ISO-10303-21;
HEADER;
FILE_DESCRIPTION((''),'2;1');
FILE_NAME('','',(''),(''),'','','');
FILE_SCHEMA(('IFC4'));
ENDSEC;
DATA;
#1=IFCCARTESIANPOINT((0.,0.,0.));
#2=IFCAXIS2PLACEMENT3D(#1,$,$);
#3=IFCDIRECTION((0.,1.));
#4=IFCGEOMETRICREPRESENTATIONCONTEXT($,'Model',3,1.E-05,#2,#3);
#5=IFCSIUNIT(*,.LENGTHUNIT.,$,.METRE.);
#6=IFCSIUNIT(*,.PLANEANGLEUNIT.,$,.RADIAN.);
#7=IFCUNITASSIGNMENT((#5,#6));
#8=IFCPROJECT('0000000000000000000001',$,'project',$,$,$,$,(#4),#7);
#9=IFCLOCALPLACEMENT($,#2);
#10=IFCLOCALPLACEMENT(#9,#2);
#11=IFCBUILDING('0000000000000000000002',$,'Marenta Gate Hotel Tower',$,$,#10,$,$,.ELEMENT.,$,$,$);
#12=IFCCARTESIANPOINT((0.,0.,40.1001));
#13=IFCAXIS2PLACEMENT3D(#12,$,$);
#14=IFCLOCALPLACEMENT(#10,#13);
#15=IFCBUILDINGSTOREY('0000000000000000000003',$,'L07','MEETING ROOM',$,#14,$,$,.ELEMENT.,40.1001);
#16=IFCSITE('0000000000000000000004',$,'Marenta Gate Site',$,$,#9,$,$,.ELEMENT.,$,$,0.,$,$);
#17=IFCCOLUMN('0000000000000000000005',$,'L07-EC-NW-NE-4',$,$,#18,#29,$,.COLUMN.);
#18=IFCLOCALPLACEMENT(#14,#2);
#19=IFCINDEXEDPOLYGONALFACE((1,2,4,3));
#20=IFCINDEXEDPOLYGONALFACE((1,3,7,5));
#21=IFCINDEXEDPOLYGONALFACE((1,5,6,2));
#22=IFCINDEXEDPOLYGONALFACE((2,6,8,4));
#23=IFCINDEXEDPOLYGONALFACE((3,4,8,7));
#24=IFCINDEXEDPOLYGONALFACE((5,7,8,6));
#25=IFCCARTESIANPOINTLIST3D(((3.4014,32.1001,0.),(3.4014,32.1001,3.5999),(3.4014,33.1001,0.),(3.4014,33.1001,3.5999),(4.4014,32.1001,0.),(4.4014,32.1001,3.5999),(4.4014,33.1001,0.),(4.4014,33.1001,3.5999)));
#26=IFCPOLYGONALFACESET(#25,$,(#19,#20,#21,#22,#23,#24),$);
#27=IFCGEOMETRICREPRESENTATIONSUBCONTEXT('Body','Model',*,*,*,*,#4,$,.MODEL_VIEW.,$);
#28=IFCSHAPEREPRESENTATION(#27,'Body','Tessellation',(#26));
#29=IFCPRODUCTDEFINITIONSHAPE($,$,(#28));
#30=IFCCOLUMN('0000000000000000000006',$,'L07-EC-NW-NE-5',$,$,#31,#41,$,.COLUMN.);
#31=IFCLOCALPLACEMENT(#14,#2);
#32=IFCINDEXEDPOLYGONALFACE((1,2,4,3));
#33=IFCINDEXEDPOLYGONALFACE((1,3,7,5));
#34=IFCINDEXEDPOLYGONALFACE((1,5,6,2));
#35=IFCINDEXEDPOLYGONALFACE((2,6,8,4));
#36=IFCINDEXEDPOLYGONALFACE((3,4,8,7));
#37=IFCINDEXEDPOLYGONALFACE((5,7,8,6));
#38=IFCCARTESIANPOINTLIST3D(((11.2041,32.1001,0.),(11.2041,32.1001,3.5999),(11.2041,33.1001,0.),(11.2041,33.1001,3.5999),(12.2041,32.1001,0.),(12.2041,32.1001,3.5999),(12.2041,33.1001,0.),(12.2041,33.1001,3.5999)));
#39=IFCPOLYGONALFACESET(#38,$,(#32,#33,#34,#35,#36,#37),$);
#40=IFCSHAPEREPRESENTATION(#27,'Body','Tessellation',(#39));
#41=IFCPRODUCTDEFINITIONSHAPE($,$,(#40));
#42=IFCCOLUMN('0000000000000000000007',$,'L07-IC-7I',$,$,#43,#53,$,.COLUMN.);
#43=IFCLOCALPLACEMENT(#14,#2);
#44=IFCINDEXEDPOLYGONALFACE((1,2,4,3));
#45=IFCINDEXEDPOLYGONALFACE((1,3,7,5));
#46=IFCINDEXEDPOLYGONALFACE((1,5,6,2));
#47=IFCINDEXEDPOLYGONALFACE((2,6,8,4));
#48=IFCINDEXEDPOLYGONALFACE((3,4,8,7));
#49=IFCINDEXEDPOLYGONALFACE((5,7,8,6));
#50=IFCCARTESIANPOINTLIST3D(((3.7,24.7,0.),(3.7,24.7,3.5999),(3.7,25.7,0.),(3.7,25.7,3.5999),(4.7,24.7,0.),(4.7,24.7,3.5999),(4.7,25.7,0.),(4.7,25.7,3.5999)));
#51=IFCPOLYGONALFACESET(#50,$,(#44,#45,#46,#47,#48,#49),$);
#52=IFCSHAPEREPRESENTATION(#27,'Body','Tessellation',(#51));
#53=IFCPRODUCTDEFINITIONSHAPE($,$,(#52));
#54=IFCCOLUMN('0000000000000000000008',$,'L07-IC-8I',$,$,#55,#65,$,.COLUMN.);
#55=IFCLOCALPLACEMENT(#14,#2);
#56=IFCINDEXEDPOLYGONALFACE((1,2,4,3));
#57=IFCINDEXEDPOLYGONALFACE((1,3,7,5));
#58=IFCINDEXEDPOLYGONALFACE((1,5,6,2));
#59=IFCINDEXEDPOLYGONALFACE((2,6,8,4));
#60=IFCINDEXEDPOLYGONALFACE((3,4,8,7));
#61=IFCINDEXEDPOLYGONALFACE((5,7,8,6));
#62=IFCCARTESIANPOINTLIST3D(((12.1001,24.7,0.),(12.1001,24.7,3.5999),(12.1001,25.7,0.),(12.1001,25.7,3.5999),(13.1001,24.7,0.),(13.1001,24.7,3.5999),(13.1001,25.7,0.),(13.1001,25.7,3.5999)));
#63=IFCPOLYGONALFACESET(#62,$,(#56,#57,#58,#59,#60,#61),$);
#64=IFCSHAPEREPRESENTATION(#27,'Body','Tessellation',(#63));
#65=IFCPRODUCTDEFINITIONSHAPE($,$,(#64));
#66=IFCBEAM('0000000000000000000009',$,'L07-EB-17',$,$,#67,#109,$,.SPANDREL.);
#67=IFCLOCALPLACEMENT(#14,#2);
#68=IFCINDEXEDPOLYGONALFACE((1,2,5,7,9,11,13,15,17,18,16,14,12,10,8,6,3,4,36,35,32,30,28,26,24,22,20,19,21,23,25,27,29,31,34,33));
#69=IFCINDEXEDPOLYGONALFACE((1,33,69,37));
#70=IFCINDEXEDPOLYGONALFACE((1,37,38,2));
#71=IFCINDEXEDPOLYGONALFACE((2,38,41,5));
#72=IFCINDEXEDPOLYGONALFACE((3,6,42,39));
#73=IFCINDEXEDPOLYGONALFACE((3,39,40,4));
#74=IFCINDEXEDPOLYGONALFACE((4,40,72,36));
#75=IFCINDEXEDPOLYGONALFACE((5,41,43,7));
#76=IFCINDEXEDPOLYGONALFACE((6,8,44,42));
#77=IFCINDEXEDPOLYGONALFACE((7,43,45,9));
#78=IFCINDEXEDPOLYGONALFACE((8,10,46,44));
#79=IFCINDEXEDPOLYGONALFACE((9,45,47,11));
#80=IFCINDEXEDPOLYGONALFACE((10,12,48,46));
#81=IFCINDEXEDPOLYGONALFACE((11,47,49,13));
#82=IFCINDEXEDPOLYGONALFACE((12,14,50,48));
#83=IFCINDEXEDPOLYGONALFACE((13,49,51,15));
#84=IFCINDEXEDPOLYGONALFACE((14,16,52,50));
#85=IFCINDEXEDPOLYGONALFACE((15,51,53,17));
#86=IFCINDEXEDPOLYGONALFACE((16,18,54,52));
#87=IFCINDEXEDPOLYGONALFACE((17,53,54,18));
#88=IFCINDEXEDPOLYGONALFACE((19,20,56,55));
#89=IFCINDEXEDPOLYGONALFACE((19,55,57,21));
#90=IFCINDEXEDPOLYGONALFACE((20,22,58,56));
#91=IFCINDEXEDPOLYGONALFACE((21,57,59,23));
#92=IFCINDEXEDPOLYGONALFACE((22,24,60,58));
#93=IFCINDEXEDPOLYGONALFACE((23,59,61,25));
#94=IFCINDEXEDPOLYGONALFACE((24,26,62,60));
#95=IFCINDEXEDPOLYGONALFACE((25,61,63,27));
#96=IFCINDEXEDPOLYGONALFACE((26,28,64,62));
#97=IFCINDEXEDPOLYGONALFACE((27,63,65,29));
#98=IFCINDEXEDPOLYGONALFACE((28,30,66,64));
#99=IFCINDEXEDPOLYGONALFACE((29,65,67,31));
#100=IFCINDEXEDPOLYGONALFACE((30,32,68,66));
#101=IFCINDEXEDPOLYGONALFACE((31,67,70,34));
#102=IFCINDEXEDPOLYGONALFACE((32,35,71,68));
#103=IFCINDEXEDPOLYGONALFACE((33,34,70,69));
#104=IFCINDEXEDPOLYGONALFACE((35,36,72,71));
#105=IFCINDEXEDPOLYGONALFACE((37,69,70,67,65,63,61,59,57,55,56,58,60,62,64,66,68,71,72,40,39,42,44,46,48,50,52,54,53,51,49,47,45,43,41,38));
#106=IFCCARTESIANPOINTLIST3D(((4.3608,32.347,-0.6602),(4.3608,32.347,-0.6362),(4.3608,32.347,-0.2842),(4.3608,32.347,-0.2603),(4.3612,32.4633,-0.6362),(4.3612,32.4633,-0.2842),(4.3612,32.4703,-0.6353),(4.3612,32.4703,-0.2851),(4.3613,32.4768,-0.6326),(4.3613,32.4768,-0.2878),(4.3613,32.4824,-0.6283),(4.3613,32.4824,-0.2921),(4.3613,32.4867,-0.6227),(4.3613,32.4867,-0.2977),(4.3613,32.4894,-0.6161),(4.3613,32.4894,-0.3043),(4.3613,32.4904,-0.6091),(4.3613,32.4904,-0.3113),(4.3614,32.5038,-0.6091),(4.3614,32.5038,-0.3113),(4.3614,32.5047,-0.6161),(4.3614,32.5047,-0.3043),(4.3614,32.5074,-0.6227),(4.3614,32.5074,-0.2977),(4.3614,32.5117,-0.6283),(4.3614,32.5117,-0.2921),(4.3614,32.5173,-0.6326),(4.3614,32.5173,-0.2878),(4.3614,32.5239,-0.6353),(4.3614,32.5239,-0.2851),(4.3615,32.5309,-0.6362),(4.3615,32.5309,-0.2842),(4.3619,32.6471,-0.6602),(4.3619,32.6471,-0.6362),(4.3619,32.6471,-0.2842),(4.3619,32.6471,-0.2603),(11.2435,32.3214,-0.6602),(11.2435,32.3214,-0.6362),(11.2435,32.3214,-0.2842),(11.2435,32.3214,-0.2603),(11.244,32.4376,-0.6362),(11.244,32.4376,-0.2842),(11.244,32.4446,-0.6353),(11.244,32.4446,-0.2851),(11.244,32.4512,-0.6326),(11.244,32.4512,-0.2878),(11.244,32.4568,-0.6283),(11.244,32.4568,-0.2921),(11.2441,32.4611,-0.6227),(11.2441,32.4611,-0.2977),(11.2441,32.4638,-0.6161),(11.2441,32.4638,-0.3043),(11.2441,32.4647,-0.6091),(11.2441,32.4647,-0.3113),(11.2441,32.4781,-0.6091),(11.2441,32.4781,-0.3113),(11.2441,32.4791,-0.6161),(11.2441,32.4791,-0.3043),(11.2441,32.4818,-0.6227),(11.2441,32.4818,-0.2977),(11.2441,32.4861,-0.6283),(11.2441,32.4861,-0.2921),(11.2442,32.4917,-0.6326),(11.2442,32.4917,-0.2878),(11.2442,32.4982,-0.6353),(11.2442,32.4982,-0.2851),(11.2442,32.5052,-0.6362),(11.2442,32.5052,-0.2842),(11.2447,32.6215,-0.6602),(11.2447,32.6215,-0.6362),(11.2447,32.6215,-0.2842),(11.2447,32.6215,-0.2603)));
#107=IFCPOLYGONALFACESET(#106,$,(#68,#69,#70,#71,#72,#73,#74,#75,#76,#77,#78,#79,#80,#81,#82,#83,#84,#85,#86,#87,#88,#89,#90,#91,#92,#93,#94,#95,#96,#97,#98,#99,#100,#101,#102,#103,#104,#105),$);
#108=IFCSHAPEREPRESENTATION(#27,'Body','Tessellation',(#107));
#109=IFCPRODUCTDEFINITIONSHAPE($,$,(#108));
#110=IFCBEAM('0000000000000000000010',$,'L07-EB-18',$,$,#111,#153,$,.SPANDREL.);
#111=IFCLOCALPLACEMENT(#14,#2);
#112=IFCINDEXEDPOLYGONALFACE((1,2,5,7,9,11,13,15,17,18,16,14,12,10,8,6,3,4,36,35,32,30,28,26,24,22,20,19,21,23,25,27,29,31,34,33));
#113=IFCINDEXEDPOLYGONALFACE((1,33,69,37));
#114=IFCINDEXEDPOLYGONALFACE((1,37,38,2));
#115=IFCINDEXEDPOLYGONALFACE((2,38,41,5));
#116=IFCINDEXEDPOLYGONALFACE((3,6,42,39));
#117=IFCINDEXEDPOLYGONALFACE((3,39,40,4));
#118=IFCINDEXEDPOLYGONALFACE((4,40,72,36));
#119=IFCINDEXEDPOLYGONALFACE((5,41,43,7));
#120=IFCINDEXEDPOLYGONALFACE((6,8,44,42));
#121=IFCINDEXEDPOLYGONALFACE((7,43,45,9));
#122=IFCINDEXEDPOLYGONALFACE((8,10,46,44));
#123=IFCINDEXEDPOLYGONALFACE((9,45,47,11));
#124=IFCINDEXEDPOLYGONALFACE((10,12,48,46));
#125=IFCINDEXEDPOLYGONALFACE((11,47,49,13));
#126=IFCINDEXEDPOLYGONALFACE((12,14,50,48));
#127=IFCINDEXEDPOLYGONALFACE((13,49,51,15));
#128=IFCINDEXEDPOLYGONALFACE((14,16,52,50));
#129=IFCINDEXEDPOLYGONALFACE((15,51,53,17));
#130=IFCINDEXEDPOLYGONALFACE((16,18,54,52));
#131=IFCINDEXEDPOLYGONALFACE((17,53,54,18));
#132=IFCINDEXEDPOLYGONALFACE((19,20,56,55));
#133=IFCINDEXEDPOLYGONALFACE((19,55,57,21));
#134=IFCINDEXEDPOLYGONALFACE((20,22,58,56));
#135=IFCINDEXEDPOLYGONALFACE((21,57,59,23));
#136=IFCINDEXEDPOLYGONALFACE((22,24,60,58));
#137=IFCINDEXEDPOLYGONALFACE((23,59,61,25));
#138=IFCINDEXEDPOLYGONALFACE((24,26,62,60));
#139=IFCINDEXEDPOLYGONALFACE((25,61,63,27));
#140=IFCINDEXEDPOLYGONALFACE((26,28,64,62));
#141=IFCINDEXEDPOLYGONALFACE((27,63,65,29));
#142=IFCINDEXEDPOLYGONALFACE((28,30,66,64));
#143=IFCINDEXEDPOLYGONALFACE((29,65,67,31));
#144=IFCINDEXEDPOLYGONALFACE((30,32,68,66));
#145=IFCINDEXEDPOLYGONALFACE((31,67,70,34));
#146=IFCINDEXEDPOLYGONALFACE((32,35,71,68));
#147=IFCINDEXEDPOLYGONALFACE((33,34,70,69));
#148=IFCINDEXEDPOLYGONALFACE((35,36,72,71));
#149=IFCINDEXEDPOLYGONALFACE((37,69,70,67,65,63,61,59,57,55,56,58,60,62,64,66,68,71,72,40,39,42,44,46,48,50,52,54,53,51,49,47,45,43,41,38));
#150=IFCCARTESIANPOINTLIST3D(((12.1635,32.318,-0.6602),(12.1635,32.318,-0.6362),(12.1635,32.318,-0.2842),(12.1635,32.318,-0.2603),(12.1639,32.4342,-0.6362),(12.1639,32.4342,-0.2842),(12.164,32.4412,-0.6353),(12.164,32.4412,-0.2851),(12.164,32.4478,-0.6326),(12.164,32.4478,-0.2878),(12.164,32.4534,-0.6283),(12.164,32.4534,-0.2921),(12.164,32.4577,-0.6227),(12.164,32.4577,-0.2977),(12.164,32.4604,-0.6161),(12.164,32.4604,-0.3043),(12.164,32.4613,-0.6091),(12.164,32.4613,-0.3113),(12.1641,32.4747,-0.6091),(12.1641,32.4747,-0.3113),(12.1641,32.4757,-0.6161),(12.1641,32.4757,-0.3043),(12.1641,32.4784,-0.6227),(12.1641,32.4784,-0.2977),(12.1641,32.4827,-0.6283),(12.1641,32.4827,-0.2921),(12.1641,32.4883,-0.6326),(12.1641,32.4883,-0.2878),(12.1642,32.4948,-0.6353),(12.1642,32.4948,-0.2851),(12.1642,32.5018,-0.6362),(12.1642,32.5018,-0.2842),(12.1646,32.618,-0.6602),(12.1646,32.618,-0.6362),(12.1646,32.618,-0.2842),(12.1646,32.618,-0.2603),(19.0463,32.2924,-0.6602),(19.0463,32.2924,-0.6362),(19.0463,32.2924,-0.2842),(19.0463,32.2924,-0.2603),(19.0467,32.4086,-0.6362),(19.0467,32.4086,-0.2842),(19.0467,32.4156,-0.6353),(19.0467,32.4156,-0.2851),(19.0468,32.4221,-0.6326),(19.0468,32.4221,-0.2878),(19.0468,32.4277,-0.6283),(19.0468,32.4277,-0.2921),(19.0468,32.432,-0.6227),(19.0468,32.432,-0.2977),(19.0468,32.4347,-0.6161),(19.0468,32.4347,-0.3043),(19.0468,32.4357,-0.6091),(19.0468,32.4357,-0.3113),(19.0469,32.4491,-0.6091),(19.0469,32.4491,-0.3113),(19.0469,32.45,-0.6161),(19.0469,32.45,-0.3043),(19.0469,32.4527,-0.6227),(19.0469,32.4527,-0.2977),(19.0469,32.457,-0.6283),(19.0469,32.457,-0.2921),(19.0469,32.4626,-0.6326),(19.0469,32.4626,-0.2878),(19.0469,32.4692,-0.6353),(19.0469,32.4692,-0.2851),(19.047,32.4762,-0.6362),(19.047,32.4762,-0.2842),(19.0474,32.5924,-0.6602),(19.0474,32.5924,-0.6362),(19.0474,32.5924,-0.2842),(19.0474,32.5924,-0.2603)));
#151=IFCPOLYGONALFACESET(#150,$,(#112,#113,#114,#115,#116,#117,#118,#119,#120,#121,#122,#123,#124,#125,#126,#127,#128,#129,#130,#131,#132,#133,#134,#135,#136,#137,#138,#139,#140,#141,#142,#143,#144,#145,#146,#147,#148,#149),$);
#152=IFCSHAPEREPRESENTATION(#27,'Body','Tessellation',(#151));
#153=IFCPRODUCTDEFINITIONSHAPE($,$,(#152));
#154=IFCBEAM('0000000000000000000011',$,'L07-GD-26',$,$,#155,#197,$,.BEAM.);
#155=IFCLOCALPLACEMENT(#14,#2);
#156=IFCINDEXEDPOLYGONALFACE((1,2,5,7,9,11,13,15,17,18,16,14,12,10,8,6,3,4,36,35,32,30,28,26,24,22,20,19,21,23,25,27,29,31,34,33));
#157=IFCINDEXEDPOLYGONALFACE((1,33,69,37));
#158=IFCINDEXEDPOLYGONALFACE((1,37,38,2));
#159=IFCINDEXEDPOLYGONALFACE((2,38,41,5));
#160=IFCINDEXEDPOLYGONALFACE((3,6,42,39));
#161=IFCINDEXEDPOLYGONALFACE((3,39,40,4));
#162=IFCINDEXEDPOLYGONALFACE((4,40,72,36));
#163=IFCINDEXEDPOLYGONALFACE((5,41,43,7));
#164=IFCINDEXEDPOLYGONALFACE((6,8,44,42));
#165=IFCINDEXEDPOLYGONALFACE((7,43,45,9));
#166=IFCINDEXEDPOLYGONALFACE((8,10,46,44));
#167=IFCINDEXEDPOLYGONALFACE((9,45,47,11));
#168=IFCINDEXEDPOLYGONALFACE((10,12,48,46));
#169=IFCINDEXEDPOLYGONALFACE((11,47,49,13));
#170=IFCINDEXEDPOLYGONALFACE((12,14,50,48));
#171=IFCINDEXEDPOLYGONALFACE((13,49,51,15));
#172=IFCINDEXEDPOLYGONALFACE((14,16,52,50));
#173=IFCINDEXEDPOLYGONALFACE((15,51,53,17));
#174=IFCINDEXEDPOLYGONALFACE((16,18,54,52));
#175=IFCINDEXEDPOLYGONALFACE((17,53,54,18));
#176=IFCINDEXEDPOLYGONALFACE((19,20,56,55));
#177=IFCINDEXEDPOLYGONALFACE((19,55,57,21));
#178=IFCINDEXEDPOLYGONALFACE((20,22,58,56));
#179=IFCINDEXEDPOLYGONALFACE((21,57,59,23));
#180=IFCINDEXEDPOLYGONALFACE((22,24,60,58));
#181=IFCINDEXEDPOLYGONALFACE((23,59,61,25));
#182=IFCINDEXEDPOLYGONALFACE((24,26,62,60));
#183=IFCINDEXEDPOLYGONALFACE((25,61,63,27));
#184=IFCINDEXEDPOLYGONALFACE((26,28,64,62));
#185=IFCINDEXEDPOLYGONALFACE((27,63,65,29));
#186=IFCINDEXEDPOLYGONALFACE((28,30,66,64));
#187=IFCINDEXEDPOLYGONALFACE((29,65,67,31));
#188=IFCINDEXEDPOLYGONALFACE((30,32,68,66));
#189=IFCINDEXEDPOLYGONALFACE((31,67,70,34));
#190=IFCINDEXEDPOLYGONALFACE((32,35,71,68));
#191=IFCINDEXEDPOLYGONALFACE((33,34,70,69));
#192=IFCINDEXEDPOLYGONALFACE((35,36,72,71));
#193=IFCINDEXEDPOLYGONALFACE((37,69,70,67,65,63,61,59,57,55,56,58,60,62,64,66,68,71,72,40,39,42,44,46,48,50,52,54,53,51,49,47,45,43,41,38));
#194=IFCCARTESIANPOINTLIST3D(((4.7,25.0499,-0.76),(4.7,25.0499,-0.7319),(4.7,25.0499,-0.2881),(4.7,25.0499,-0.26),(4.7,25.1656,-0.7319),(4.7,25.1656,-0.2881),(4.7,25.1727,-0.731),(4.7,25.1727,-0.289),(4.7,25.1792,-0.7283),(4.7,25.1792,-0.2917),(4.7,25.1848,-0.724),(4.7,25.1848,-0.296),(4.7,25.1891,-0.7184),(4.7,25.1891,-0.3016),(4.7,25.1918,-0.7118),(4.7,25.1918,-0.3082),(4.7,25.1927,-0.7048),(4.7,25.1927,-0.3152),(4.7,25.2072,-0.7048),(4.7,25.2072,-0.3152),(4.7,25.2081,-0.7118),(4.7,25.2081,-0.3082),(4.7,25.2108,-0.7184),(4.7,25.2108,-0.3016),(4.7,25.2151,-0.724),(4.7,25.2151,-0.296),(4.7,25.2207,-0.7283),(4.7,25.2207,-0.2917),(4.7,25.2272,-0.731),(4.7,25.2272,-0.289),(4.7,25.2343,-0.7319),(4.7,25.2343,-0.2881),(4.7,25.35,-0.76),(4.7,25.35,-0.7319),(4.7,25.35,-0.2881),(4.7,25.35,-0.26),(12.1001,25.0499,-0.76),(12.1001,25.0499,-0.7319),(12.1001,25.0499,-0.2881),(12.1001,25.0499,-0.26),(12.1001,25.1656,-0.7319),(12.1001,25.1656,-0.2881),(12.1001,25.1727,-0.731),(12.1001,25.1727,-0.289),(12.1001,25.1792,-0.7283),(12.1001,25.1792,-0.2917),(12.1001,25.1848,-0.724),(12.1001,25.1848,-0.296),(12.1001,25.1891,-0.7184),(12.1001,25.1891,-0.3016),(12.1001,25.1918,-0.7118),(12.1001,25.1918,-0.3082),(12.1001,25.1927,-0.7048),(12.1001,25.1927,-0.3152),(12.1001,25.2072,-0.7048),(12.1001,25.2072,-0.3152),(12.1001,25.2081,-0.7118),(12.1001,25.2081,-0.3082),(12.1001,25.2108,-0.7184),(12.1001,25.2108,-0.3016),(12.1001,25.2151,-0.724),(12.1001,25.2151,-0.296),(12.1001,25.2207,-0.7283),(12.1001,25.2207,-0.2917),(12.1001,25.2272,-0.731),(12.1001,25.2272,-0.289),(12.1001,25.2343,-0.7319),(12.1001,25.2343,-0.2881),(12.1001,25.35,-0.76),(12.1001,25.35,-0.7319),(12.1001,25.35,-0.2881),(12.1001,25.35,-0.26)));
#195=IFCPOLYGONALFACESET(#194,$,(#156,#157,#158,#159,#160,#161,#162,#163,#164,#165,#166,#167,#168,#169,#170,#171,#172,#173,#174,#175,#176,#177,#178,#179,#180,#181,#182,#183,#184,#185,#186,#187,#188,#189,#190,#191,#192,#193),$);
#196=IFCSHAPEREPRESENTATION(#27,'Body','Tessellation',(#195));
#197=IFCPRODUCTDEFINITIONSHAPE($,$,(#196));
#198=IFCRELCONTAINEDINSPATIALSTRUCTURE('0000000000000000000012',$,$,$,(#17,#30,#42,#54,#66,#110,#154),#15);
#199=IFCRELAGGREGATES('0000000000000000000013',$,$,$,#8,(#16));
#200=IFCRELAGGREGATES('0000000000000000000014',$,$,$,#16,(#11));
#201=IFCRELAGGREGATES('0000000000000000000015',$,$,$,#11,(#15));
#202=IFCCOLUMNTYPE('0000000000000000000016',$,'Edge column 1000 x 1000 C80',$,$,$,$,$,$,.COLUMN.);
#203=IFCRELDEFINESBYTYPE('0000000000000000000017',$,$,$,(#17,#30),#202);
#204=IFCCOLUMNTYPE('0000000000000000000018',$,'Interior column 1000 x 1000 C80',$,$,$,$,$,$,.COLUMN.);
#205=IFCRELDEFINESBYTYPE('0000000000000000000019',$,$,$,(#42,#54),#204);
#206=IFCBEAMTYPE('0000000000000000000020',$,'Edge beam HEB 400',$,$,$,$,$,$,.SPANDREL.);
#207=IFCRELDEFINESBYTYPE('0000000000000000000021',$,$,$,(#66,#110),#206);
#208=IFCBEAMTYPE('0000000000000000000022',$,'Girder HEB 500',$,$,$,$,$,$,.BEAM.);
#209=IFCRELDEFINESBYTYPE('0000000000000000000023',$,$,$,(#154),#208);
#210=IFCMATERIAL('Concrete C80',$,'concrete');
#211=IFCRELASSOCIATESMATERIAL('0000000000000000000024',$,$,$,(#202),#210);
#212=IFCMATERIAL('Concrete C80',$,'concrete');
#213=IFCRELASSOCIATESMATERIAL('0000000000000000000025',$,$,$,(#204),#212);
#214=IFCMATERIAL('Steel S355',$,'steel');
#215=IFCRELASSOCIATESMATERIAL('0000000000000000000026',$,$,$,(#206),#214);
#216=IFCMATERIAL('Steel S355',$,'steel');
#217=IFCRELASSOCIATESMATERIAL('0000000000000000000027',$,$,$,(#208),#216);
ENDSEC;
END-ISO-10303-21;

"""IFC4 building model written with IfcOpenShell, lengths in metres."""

from ifc_helpers import new_model, si_unit, direction, frame, origin, origin_2d, place, context, subcontext, project, spatial, rectangle, i_section, extrude, material, material_profile, profile_set, type_object, element, save


model = new_model("IFC4")

# Units and contexts
model_context = context("Model", 3, precision=1e-05, world=origin(), true_north=direction((0.0, 1.0)))
body_context = subcontext(model_context, "Body", "Model", "MODEL_VIEW")
ifc_project = project(units=[si_unit("LENGTHUNIT", "METRE"), si_unit("PLANEANGLEUNIT", "RADIAN")], contexts=[model_context])

# Site, building, storey
site_placement = place(None, origin())
site = spatial("IfcSite", under=ifc_project, at=site_placement, Name="Marenta Gate Site", CompositionType="ELEMENT", RefElevation=0.0)
building_placement = place(site_placement, origin())
building = spatial("IfcBuilding", under=site, at=building_placement, Name="Marenta Gate Hotel Tower", CompositionType="ELEMENT")
storey_placement = place(building_placement, frame((0.0, 0.0, 40.1001)))
storey = spatial("IfcBuildingStorey", under=building, at=storey_placement, Name="L07", Description="MEETING ROOM", CompositionType="ELEMENT", Elevation=40.1001)

# Columns
ifc_material_1 = material(Name="Concrete C80", Category="concrete")
ifc_material_profile_1 = material_profile(ifc_material_1, rectangle(XDim=1.0, YDim=1.0, at=origin_2d()), Name="1000 x 1000")
ifc_profile_set_1 = profile_set([ifc_material_profile_1], Name="Concrete C80")
column_type_1 = type_object("IfcColumnType", Name="Edge column 1000 x 1000 C80", PredefinedType="COLUMN", material=ifc_profile_set_1)
for number, where, z_axis, x_axis, name in (
    (1, (3.9014, 32.6001, 0.0), (0.0, 0.0, 1.0), (1.0, 0.0, 0.0), "L07-EC-NW-NE-4"),
    (2, (11.7041, 32.6001, 0.0), (0.0, 0.0, 1.0), (1.0, 0.0, 0.0), "L07-EC-NW-NE-5"),
):
    element("IfcColumn", number, at=place(storey_placement, frame(where, z_axis=z_axis, x_axis=x_axis)), inside=storey, type_object=column_type_1, Name=name, PredefinedType="COLUMN", context=body_context, shape_type="SweptSolid", body=[
        extrude(rectangle(XDim=1.0, YDim=1.0, at=origin_2d()), origin(), (0.0, 0.0, 1.0), 3.5999),
    ])
ifc_material_2 = material(Name="Concrete C80", Category="concrete")
ifc_material_profile_2 = material_profile(ifc_material_2, rectangle(XDim=1.0, YDim=1.0, at=origin_2d()), Name="1000 x 1000")
ifc_profile_set_2 = profile_set([ifc_material_profile_2], Name="Concrete C80")
column_type_2 = type_object("IfcColumnType", Name="Interior column 1000 x 1000 C80", PredefinedType="COLUMN", material=ifc_profile_set_2)
for number, where, z_axis, x_axis, name in (
    (3, (4.2, 25.2, 0.0), (0.0, 0.0, 1.0), (1.0, 0.0, 0.0), "L07-IC-7I"),
    (4, (12.6001, 25.2, 0.0), (0.0, 0.0, 1.0), (1.0, 0.0, 0.0), "L07-IC-8I"),
):
    element("IfcColumn", number, at=place(storey_placement, frame(where, z_axis=z_axis, x_axis=x_axis)), inside=storey, type_object=column_type_2, Name=name, PredefinedType="COLUMN", context=body_context, shape_type="SweptSolid", body=[
        extrude(rectangle(XDim=1.0, YDim=1.0, at=origin_2d()), origin(), (0.0, 0.0, 1.0), 3.5999),
    ])

# Beams
ifc_material_3 = material(Name="Steel S355", Category="steel")
ifc_material_profile_3 = material_profile(ifc_material_3, i_section(OverallWidth=0.3, OverallDepth=0.3999, WebThickness=0.0134, FlangeThickness=0.0239, FilletRadius=0.0271, at=origin_2d()), Name="HEB 400")
ifc_profile_set_3 = profile_set([ifc_material_profile_3], Name="Steel S355")
beam_type_1 = type_object("IfcBeamType", Name="Edge beam HEB 400", PredefinedType="SPANDREL", material=ifc_profile_set_3)
for number, where, z_axis, x_axis, name in (
    (5, (4.3613, 32.4971, -0.4602), (0.999993, -0.003724, 0.0), (0.003724, 0.999993, 0.0), "L07-EB-17"),
    (6, (12.1641, 32.468, -0.4602), (0.999993, -0.003724, 0.0), (0.003724, 0.999993, 0.0), "L07-EB-18"),
):
    element("IfcBeam", number, at=place(storey_placement, frame(where, z_axis=z_axis, x_axis=x_axis)), inside=storey, type_object=beam_type_1, Name=name, PredefinedType="SPANDREL", context=body_context, shape_type="SweptSolid", body=[
        extrude(i_section(OverallWidth=0.3, OverallDepth=0.3999, WebThickness=0.0134, FlangeThickness=0.0239, FilletRadius=0.0271, at=origin_2d()), origin(), (0.0, 0.0, 1.0), 6.8828),
    ])
ifc_material_4 = material(Name="Steel S355", Category="steel")
ifc_material_profile_4 = material_profile(ifc_material_4, i_section(OverallWidth=0.3, OverallDepth=0.5, WebThickness=0.0144, FlangeThickness=0.0281, FilletRadius=0.0271, at=origin_2d()), Name="HEB 500")
ifc_profile_set_4 = profile_set([ifc_material_profile_4], Name="Steel S355")
beam_type_2 = type_object("IfcBeamType", Name="Girder HEB 500", PredefinedType="BEAM", material=ifc_profile_set_4)
beam_1_placement = place(storey_placement, frame((4.7, 25.2, -0.51), z_axis=(1.0, 0.0, 0.0), x_axis=(0.0, 1.0, 0.0)))
element("IfcBeam", 7, at=beam_1_placement, inside=storey, type_object=beam_type_2, Name="L07-GD-26", PredefinedType="BEAM", context=body_context, shape_type="SweptSolid", body=[
    extrude(i_section(OverallWidth=0.3, OverallDepth=0.5, WebThickness=0.0144, FlangeThickness=0.0281, FilletRadius=0.0271, at=origin_2d()), origin(), (0.0, 0.0, 1.0), 7.4001),
])

save(model, "model.ifc")
